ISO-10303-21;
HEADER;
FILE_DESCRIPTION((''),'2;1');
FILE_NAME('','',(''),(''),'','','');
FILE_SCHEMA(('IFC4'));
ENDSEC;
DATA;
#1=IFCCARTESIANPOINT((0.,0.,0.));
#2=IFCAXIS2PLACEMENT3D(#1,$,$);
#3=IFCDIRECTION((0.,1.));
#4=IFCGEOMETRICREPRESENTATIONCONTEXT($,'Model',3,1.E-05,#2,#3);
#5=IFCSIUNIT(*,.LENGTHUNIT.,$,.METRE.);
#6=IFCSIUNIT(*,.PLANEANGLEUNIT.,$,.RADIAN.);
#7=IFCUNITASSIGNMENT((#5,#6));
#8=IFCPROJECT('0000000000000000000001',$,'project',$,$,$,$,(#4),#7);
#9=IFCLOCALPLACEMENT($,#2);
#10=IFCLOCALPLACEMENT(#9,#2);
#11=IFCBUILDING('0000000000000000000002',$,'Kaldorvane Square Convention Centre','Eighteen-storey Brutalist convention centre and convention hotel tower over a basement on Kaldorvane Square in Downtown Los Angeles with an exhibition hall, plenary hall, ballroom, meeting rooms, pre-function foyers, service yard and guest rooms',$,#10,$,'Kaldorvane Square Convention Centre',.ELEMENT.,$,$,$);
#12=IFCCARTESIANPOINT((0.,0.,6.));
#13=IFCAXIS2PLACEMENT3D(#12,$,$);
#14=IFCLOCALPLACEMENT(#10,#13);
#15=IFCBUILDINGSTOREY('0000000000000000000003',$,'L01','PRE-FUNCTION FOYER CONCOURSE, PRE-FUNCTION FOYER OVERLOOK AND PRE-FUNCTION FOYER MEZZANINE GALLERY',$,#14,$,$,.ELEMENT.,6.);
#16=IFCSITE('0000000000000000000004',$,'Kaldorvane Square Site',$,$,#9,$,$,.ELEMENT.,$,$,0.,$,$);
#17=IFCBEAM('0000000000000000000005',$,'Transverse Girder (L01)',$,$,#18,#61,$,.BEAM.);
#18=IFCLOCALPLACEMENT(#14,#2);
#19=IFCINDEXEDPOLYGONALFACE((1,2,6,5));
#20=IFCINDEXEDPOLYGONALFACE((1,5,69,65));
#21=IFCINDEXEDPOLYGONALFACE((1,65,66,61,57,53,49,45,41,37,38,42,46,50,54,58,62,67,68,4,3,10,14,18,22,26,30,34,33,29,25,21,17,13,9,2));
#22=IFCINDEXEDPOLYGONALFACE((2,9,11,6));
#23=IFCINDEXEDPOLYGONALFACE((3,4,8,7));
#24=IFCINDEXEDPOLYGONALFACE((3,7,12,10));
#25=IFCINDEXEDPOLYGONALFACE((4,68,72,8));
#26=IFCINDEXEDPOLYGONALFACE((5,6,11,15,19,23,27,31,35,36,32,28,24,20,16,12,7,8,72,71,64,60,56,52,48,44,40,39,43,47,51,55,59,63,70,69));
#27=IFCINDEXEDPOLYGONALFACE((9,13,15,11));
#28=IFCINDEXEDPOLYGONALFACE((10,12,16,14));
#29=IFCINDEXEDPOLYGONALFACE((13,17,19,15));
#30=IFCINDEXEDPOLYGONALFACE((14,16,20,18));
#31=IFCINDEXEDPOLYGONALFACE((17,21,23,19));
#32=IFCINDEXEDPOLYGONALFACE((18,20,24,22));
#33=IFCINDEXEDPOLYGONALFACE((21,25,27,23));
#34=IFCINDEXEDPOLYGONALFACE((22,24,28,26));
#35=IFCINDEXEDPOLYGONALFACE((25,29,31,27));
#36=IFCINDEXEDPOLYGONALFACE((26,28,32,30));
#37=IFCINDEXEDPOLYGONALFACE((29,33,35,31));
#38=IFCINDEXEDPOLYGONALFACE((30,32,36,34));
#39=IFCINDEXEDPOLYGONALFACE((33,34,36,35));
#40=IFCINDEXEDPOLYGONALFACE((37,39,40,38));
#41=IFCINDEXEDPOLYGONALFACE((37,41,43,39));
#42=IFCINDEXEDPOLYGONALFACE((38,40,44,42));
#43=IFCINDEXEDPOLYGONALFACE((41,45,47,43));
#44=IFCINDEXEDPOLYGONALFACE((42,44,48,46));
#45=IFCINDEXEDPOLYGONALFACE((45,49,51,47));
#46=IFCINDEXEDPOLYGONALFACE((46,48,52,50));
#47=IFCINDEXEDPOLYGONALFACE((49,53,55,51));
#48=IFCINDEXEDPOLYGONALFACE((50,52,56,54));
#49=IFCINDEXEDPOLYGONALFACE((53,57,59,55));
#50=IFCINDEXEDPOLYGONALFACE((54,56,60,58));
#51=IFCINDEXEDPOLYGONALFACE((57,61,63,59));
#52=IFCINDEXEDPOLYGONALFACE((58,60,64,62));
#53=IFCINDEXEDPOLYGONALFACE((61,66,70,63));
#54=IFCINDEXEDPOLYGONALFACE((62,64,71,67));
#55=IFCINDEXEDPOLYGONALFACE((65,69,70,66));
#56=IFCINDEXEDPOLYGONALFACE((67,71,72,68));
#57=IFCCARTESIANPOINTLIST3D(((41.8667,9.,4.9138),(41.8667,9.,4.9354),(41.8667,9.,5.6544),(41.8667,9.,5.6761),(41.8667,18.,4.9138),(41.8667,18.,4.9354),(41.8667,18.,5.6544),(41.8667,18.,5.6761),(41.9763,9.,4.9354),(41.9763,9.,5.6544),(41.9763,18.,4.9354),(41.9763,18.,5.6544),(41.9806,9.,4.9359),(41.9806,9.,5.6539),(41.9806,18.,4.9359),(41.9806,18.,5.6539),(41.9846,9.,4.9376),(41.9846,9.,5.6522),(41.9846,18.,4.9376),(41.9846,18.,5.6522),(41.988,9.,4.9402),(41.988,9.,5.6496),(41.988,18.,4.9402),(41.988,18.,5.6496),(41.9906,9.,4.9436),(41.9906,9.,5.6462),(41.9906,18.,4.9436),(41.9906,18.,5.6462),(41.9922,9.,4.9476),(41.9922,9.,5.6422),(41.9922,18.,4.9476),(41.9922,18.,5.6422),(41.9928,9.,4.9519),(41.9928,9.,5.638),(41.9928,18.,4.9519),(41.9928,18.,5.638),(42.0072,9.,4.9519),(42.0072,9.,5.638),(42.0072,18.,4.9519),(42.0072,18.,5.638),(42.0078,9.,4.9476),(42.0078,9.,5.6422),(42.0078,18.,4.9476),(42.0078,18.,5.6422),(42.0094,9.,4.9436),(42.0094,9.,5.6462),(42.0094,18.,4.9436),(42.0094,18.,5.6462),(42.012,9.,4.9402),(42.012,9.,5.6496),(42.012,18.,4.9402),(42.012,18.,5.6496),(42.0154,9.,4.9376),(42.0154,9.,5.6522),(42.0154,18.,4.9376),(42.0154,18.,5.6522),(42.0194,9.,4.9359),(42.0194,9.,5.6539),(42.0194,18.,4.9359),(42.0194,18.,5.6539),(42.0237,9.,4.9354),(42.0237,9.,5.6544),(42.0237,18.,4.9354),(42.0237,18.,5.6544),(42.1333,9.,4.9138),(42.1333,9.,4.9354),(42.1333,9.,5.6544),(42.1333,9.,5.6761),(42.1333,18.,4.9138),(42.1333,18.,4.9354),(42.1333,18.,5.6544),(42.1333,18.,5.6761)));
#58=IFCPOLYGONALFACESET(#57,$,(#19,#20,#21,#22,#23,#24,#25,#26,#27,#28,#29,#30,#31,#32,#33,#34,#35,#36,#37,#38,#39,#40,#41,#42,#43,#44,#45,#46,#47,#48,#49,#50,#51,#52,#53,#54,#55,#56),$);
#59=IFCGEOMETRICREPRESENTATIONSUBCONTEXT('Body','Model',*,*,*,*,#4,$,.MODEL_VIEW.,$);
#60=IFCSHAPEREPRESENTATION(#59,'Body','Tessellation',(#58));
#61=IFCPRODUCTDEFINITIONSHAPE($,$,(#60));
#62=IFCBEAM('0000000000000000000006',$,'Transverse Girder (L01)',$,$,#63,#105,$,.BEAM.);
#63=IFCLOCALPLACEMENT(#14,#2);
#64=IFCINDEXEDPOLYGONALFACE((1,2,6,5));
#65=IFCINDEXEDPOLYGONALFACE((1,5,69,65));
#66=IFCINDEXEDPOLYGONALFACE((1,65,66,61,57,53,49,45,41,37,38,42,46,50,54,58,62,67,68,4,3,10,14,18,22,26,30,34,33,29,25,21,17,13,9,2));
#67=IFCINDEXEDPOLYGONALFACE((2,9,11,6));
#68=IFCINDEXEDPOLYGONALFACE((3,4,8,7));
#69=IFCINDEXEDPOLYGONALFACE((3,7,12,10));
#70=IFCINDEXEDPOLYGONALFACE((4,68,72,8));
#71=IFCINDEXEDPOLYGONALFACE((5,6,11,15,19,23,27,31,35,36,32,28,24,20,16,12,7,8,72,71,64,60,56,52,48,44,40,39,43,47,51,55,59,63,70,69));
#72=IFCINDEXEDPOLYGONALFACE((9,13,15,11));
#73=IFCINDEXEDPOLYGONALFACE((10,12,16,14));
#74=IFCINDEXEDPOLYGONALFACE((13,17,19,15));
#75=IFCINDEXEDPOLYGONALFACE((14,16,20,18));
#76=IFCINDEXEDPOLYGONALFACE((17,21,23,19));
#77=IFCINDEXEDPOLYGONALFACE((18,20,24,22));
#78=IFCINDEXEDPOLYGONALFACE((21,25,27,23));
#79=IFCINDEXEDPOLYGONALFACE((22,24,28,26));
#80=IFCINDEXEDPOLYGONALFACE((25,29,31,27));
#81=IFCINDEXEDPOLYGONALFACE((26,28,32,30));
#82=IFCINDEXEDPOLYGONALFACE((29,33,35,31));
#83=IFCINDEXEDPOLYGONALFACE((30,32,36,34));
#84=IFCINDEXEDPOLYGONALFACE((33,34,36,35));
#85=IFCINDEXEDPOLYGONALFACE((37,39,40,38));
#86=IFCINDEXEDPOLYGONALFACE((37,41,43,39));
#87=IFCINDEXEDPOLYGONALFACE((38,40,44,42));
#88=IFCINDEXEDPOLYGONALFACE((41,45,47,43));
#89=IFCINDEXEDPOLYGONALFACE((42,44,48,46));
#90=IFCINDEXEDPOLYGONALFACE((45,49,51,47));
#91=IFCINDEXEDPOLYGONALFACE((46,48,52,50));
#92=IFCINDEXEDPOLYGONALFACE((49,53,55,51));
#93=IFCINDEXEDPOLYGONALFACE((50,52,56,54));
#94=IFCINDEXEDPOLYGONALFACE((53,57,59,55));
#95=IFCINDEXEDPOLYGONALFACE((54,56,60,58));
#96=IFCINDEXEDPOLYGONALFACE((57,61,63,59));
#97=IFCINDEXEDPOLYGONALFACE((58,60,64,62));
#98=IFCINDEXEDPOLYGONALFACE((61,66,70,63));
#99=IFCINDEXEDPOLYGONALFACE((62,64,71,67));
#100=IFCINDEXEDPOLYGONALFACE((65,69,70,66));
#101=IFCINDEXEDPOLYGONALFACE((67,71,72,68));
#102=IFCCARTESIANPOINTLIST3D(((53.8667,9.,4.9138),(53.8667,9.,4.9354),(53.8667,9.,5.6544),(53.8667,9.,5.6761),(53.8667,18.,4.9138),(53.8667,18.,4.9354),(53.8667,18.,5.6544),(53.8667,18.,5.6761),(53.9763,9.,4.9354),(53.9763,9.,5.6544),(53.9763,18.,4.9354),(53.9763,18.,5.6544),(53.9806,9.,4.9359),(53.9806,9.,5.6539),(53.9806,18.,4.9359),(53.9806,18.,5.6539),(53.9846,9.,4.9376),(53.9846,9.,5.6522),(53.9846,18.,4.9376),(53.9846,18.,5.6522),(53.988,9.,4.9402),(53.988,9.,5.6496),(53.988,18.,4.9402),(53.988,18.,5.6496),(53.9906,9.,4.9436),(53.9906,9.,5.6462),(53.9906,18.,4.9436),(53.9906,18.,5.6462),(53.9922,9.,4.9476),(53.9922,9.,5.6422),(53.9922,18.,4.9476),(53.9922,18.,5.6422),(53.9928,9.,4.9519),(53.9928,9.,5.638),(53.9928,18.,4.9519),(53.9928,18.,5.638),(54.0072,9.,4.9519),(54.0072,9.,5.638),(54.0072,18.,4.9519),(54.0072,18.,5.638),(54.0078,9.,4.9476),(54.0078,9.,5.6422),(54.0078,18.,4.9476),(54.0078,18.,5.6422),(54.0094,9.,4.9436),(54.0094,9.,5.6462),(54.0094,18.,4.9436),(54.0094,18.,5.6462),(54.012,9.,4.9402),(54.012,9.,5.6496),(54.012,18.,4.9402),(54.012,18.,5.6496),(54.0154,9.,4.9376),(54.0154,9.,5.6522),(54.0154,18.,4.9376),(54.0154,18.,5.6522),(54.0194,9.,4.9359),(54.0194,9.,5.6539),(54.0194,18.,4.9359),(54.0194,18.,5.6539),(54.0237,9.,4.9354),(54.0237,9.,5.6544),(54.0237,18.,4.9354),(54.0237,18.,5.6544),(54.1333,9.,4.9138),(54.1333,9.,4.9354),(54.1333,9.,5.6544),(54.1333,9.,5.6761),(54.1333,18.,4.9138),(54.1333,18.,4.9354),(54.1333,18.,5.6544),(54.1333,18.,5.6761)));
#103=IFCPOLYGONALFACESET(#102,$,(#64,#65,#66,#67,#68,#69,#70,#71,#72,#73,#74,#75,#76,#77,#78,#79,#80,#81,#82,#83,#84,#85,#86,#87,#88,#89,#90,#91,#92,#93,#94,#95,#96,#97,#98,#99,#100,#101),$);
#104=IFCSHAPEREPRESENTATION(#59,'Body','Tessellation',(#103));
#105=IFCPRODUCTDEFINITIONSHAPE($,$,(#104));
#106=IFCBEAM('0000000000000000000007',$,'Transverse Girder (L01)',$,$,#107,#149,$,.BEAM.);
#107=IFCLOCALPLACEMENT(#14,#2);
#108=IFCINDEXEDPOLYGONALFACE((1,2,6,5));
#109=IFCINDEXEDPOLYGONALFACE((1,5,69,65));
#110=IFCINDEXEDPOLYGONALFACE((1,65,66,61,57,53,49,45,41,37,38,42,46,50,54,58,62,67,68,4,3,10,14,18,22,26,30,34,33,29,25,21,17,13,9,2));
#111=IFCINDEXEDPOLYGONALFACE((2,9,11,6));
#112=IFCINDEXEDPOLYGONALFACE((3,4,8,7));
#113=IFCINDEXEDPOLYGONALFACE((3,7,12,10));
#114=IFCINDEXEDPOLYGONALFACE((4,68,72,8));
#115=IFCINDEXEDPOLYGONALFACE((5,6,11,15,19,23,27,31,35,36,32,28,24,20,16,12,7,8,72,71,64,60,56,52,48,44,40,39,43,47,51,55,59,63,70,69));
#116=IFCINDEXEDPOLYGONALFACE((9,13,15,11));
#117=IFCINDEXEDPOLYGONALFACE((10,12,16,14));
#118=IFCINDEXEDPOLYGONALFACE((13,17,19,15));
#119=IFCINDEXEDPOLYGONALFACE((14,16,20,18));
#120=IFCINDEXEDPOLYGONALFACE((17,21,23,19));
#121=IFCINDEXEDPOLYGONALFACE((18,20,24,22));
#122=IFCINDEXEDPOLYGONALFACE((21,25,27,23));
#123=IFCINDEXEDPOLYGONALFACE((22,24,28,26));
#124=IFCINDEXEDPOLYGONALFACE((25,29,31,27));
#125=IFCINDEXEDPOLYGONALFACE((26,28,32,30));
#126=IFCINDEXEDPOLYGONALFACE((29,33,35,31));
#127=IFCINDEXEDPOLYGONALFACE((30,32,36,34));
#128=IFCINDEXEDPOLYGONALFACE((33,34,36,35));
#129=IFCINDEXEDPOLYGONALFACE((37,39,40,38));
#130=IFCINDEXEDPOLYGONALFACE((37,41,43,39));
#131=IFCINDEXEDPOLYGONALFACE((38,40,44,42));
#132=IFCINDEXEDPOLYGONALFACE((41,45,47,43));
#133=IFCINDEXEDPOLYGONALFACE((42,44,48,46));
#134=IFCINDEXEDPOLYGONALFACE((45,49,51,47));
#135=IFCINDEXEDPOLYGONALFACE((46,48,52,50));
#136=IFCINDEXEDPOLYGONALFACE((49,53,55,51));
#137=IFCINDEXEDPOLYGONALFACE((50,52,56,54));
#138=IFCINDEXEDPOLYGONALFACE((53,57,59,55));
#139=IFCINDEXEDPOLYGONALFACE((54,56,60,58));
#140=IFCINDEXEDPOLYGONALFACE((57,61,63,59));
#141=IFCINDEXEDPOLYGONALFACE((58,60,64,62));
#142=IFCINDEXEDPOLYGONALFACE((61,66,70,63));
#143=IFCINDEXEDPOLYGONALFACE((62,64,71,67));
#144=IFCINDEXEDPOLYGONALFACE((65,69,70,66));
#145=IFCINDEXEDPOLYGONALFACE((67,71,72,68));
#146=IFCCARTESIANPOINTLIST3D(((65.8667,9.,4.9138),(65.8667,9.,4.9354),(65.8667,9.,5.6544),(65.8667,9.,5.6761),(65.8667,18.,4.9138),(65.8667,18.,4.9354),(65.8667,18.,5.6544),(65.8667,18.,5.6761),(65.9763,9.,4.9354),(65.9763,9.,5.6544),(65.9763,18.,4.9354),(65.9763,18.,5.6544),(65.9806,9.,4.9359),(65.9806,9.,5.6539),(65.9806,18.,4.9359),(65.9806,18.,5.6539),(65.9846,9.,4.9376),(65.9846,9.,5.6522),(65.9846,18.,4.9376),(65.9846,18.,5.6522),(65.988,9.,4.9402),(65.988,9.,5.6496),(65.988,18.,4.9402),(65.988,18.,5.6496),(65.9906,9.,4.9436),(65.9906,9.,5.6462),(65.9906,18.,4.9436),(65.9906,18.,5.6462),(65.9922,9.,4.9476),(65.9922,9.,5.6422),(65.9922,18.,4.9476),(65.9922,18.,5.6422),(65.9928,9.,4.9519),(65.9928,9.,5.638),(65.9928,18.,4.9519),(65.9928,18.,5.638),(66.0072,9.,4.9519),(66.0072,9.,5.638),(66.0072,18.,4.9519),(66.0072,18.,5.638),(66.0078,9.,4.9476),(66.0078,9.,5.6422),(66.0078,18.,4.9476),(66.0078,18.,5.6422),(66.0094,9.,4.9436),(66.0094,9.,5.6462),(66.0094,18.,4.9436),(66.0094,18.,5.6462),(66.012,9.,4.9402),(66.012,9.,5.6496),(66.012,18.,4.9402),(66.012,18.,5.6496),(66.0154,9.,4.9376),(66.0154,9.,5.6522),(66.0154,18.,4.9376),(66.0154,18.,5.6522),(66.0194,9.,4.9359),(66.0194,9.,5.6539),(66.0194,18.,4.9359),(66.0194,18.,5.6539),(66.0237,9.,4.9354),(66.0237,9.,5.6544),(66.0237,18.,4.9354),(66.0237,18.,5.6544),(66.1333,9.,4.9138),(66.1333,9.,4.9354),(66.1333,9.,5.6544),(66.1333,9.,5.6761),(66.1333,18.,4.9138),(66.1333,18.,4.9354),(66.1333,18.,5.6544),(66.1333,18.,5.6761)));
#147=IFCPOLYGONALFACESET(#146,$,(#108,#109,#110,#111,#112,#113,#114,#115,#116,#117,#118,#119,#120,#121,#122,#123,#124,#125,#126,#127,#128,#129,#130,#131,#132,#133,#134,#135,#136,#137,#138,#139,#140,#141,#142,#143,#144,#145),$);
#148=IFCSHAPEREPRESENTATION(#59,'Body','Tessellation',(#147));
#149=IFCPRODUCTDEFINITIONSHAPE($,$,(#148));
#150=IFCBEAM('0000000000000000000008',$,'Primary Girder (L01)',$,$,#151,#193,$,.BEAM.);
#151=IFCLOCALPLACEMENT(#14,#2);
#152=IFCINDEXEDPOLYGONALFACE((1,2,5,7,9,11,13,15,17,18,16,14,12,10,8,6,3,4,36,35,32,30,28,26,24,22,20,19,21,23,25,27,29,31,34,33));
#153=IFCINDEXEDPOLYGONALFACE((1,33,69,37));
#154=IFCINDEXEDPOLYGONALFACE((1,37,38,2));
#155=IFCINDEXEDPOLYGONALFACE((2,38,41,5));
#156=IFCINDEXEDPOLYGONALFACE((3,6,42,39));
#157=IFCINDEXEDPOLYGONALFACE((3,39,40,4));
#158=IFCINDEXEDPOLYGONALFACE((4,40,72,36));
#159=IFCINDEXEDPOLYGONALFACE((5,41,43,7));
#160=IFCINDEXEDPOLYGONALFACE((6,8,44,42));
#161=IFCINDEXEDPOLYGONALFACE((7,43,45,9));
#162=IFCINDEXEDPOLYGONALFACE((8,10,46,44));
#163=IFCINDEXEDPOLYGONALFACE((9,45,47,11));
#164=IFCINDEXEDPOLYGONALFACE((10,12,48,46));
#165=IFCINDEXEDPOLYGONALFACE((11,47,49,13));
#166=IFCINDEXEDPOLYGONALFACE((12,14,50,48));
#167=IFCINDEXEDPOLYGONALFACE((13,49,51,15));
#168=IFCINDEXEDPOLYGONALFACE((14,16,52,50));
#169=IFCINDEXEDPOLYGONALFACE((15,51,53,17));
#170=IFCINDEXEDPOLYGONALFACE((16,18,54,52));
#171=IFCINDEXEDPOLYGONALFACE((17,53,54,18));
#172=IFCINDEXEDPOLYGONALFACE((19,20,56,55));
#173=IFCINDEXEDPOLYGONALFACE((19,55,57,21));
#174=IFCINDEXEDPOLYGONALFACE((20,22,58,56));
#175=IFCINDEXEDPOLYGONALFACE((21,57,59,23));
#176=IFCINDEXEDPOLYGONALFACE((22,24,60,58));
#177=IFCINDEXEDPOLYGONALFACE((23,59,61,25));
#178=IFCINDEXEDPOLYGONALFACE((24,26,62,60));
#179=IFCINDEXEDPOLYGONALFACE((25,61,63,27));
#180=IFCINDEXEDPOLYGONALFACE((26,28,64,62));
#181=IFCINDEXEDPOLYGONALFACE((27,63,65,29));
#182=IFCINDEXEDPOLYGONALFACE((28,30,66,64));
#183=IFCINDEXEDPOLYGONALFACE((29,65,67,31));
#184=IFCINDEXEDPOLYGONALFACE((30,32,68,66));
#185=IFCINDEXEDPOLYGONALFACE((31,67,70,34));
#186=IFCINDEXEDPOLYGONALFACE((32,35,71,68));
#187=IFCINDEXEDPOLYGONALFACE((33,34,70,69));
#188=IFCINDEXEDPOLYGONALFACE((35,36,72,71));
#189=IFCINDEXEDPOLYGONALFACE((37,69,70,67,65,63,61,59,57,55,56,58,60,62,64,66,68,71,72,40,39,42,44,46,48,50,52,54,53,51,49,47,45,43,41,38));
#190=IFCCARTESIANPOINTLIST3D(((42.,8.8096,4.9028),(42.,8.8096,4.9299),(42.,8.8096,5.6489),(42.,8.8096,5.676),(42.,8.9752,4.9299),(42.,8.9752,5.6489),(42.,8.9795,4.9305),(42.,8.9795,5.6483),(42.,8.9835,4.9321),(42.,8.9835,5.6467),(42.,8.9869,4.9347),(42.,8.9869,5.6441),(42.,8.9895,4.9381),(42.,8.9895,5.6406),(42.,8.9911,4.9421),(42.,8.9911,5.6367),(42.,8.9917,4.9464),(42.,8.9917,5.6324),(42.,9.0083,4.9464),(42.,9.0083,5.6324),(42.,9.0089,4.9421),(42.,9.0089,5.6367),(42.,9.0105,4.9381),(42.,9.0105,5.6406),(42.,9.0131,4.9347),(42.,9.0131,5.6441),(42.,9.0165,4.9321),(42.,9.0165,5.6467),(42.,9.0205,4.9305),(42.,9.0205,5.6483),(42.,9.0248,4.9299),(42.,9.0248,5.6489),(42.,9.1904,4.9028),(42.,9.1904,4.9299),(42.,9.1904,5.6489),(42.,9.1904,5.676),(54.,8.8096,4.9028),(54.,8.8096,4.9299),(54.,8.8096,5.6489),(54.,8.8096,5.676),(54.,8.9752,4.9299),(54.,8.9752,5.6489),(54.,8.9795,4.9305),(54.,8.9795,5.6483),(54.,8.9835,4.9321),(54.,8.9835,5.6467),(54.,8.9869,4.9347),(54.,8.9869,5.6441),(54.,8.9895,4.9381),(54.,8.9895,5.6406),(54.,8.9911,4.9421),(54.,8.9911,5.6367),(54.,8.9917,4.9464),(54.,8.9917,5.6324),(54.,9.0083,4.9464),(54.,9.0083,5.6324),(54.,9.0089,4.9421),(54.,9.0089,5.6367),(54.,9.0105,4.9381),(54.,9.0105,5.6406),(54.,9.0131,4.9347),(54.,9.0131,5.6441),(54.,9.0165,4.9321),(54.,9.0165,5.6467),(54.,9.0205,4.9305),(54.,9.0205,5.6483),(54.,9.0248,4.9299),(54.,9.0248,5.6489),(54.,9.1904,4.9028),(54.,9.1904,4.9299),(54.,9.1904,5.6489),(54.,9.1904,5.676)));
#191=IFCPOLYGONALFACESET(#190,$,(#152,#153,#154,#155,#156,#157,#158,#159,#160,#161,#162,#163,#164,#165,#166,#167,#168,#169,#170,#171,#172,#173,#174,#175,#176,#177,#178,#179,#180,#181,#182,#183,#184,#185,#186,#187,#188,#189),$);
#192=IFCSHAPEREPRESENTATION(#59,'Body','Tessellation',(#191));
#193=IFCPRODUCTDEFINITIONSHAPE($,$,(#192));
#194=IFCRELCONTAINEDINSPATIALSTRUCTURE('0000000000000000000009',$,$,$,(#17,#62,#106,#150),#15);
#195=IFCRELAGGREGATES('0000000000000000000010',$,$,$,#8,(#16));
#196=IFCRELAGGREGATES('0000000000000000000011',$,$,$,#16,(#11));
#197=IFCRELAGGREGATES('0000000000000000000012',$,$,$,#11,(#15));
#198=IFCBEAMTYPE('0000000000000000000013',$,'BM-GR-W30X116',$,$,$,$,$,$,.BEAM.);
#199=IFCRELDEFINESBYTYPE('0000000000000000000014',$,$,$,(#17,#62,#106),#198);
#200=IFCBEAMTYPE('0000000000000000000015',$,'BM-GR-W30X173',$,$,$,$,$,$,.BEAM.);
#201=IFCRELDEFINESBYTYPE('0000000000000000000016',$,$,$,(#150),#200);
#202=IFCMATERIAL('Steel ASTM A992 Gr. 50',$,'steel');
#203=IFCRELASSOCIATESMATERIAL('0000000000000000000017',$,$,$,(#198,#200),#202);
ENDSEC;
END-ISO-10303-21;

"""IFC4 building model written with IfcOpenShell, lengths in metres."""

from ifc_helpers import new_model, si_unit, direction, frame, origin, origin_2d, place, context, subcontext, project, spatial, i_section, extrude, material, material_profile, profile_set, type_object, element, save


model = new_model("IFC4")

# Units and contexts
model_context = context("Model", 3, precision=1e-05, world=origin(), true_north=direction((0.0, 1.0)))
body_context = subcontext(model_context, "Body", "Model", "MODEL_VIEW")
ifc_project = project(units=[si_unit("LENGTHUNIT", "METRE"), si_unit("PLANEANGLEUNIT", "RADIAN")], contexts=[model_context])

# Site, building, storey
site_placement = place(None, origin())
site = spatial("IfcSite", under=ifc_project, at=site_placement, Name="Kaldorvane Square Site", CompositionType="ELEMENT", RefElevation=0.0)
building_placement = place(site_placement, origin())
building = spatial("IfcBuilding", under=site, at=building_placement, Name="Kaldorvane Square Convention Centre", Description="Eighteen-storey Brutalist convention centre and convention hotel tower over a basement on Kaldorvane Square in Downtown Los Angeles with an exhibition hall, plenary hall, ballroom, meeting rooms, pre-function foyers, service yard and guest rooms", LongName="Kaldorvane Square Convention Centre", CompositionType="ELEMENT")
storey_placement = place(building_placement, frame((0.0, 0.0, 6.0)))
storey = spatial("IfcBuildingStorey", under=building, at=storey_placement, Name="L01", Description="PRE-FUNCTION FOYER CONCOURSE, PRE-FUNCTION FOYER OVERLOOK AND PRE-FUNCTION FOYER MEZZANINE GALLERY", CompositionType="ELEMENT", Elevation=6.0)

# Shared definitions
ifc_material_1 = material(Name="Steel ASTM A992 Gr. 50", Category="steel")

# Beams
ifc_material_profile_1 = material_profile(ifc_material_1, i_section(OverallWidth=0.2666, OverallDepth=0.7623, WebThickness=0.0144, FlangeThickness=0.0216, FilletRadius=0.0165, at=origin_2d()), Name="W30X116")
ifc_profile_set_1 = profile_set([ifc_material_profile_1], Name="Steel ASTM A992 Gr. 50")
beam_type_1 = type_object("IfcBeamType", Name="BM-GR-W30X116", PredefinedType="BEAM", material=ifc_profile_set_1)
for number, where, z_axis, x_axis, name in (
    (1, (42.0, 9.0, 5.2949), (0.0, 1.0, 0.0), (-1.0, 0.0, 0.0), "Transverse Girder (L01)"),
    (2, (54.0, 9.0, 5.2949), (0.0, 1.0, 0.0), (-1.0, 0.0, 0.0), "Transverse Girder (L01)"),
    (3, (66.0, 9.0, 5.2949), (0.0, 1.0, 0.0), (-1.0, 0.0, 0.0), "Transverse Girder (L01)"),
):
    element("IfcBeam", number, at=place(storey_placement, frame(where, z_axis=z_axis, x_axis=x_axis)), inside=storey, type_object=beam_type_1, Name=name, PredefinedType="BEAM", context=body_context, shape_type="SweptSolid", body=[
        extrude(i_section(OverallWidth=0.2666, OverallDepth=0.7623, WebThickness=0.0144, FlangeThickness=0.0216, FilletRadius=0.0165, at=origin_2d()), origin(), (0.0, 0.0, 1.0), 9.0),
    ])
ifc_material_profile_2 = material_profile(ifc_material_1, i_section(OverallWidth=0.3807, OverallDepth=0.7732, WebThickness=0.0166, FlangeThickness=0.0271, FilletRadius=0.0165, at=origin_2d()), Name="W30X173")
ifc_profile_set_2 = profile_set([ifc_material_profile_2], Name="Steel ASTM A992 Gr. 50")
beam_type_2 = type_object("IfcBeamType", Name="BM-GR-W30X173", PredefinedType="BEAM", material=ifc_profile_set_2)
for number, where, z_axis, x_axis, name in (
    (4, (42.0, 9.0, 5.2894), (1.0, 0.0, 0.0), (0.0, 1.0, 0.0), "Primary Girder (L01)"),
):
    element("IfcBeam", number, at=place(storey_placement, frame(where, z_axis=z_axis, x_axis=x_axis)), inside=storey, type_object=beam_type_2, Name=name, PredefinedType="BEAM", context=body_context, shape_type="SweptSolid", body=[
        extrude(i_section(OverallWidth=0.3807, OverallDepth=0.7732, WebThickness=0.0166, FlangeThickness=0.0271, FilletRadius=0.0165, at=origin_2d()), origin(), (0.0, 0.0, 1.0), 12.0),
    ])

save(model, "model.ifc")
